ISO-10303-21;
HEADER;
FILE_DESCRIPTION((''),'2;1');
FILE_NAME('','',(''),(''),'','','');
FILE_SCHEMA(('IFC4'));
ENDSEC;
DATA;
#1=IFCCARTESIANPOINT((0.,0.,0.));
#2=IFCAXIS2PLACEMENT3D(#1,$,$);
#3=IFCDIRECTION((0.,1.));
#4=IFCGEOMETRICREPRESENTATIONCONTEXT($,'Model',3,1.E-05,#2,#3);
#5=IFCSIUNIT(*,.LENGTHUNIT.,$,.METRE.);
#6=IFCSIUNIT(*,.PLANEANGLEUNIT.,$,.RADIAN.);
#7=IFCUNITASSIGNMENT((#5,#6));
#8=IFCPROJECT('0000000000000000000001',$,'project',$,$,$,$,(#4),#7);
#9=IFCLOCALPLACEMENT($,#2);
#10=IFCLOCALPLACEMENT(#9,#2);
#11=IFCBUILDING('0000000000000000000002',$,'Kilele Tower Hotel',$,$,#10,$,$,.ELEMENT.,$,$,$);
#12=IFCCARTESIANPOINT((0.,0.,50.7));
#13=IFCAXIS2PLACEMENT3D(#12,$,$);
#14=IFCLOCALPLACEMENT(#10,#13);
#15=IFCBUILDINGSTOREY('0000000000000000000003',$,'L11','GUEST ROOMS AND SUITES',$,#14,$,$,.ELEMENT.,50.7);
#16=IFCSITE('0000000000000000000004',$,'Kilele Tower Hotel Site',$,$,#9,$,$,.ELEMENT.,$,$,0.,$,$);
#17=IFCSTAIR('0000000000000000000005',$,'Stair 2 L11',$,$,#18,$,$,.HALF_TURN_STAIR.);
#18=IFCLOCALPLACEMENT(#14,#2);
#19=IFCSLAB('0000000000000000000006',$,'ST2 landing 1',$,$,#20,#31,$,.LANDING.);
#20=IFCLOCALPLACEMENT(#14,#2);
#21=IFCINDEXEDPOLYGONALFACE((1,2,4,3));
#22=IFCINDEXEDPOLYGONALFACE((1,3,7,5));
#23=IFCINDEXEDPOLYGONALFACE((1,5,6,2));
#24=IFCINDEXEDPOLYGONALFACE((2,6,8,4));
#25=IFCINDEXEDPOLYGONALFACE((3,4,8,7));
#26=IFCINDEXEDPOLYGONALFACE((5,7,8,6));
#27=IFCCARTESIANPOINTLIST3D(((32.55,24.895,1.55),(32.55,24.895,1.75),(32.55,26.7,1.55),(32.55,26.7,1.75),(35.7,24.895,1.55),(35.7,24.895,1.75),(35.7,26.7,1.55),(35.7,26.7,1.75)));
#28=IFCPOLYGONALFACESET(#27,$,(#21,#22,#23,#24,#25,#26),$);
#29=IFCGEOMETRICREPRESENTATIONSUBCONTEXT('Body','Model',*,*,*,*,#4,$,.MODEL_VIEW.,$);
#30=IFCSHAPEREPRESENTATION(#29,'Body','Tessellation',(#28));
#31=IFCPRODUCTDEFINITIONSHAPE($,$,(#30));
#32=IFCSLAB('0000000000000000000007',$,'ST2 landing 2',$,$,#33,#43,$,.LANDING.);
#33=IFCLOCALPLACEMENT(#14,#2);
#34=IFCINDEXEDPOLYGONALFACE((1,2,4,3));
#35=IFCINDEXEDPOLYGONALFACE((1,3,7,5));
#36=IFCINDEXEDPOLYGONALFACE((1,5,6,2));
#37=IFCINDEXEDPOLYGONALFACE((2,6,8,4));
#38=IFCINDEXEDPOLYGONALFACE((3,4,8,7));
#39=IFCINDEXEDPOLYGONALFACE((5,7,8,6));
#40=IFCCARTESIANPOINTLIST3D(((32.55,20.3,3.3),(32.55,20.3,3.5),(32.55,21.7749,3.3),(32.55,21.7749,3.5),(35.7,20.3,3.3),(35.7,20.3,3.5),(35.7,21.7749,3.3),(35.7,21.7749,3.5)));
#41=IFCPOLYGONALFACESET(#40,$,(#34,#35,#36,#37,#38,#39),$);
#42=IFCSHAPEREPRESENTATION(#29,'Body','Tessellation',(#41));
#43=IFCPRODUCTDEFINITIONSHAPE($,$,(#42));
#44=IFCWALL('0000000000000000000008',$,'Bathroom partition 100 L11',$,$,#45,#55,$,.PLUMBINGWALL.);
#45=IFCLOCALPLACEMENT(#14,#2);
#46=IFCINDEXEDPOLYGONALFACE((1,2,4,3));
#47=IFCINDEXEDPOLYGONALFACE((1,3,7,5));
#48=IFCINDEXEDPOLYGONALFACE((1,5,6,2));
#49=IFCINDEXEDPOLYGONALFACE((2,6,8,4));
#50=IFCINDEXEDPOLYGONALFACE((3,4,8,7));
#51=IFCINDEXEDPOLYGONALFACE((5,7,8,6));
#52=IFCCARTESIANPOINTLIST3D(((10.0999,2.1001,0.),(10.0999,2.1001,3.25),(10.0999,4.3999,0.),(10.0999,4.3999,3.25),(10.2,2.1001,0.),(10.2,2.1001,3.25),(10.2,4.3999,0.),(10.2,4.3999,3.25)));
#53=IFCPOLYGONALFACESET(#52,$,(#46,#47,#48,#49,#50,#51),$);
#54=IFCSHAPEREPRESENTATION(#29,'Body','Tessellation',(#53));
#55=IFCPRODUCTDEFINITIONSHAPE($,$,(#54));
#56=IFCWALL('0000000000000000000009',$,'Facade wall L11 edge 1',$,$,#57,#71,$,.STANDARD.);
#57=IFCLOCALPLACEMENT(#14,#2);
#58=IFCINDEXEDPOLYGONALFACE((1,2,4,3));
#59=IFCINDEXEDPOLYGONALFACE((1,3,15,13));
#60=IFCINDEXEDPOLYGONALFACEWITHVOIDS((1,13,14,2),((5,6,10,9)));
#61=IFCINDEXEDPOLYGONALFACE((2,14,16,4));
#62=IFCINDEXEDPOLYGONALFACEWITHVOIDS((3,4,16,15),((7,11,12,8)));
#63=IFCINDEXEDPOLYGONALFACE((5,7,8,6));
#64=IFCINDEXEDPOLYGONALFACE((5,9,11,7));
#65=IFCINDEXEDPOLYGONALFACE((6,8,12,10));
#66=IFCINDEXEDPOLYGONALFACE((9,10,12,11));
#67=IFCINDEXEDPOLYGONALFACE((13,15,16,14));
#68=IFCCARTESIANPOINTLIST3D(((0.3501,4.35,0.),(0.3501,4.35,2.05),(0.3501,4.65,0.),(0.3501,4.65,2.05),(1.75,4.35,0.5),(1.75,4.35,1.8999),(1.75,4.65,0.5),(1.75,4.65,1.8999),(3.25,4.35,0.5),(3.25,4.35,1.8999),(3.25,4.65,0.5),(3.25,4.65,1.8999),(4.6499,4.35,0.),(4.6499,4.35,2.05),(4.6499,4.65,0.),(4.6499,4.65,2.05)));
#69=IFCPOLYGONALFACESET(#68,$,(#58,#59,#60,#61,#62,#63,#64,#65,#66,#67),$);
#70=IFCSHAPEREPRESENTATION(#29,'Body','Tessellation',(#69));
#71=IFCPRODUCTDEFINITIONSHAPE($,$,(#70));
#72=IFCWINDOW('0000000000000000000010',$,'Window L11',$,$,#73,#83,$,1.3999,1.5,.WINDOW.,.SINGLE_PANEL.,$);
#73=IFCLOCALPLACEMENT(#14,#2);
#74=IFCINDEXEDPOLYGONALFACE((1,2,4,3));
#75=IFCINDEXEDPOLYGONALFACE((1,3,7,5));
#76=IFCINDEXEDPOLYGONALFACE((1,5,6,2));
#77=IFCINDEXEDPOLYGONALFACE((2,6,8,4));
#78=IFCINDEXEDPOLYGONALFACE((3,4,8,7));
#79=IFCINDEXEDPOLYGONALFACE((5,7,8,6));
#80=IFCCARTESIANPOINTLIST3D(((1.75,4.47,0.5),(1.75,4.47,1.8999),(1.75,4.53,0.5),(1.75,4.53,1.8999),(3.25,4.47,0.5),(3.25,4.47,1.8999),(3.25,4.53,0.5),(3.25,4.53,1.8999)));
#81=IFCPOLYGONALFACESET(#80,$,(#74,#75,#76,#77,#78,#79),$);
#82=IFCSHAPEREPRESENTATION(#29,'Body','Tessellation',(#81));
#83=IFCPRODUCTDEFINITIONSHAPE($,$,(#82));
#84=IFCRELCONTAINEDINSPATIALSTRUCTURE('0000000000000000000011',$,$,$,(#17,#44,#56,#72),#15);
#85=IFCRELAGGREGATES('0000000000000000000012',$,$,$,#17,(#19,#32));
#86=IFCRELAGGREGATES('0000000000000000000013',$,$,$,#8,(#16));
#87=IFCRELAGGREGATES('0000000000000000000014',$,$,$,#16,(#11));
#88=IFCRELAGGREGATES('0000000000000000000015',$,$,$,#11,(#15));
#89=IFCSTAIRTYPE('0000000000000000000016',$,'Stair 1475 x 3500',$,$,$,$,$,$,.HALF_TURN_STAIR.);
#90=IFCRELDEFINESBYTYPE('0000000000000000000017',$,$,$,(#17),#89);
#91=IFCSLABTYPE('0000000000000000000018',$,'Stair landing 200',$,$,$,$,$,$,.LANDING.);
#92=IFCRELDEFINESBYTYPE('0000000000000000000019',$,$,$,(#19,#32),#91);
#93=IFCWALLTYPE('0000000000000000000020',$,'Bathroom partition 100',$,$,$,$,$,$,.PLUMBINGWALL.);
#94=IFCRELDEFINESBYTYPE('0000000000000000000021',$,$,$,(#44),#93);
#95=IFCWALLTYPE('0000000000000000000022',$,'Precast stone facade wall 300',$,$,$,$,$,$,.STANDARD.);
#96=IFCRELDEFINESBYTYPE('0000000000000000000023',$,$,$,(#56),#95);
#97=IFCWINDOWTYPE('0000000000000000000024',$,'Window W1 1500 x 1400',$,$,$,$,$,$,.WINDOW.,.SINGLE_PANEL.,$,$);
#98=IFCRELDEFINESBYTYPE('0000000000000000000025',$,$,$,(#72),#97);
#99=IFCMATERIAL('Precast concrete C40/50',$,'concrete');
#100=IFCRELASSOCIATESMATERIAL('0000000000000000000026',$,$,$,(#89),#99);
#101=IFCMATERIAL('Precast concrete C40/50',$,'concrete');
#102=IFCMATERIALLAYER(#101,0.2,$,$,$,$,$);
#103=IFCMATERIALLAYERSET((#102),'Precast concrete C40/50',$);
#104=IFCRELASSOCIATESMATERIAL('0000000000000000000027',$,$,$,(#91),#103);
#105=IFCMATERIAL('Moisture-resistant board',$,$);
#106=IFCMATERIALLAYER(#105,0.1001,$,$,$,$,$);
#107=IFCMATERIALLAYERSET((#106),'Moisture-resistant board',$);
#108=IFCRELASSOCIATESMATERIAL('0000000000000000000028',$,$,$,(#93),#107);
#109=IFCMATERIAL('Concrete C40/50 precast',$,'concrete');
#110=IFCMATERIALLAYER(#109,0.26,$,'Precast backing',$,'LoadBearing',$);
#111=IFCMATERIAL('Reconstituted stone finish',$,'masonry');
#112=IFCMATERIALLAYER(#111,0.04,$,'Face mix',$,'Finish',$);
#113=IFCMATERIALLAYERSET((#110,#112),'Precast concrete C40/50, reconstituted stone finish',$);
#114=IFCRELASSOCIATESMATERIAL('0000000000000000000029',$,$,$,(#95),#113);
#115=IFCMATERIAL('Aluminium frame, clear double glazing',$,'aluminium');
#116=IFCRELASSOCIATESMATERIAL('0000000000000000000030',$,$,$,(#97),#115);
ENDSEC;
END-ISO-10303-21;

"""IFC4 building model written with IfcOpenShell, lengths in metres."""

from ifc_helpers import new_model, si_unit, direction, frame, frame_2d, origin, place, context, subcontext, project, spatial, polyline, rectangle, outline, extrude, material, layer, layer_set, type_object, element, fill, aggregate, save


model = new_model("IFC4")

# Units and contexts
model_context = context("Model", 3, precision=1e-05, world=origin(), true_north=direction((0.0, 1.0)))
body_context = subcontext(model_context, "Body", "Model", "MODEL_VIEW")
ifc_project = project(units=[si_unit("LENGTHUNIT", "METRE"), si_unit("PLANEANGLEUNIT", "RADIAN")], contexts=[model_context])

# Site, building, storey
site_placement = place(None, origin())
site = spatial("IfcSite", under=ifc_project, at=site_placement, Name="Kilele Tower Hotel Site", CompositionType="ELEMENT", RefElevation=0.0)
building_placement = place(site_placement, origin())
building = spatial("IfcBuilding", under=site, at=building_placement, Name="Kilele Tower Hotel", CompositionType="ELEMENT")
storey_placement = place(building_placement, frame((0.0, 0.0, 50.7)))
storey = spatial("IfcBuildingStorey", under=building, at=storey_placement, Name="L11", Description="GUEST ROOMS AND SUITES", CompositionType="ELEMENT", Elevation=50.7)

# Stair, slabs
ifc_material_1 = material(Name="Precast concrete C40/50", Category="concrete")
stair_type = type_object("IfcStairType", Name="Stair 1475 x 3500", PredefinedType="HALF_TURN_STAIR", material=ifc_material_1)
ifc_material_2 = material(Name="Precast concrete C40/50", Category="concrete")
ifc_layer_1 = layer(ifc_material_2, 0.2)
ifc_layer_set_1 = layer_set([ifc_layer_1], Name="Precast concrete C40/50")
slab_type_1 = type_object("IfcSlabType", Name="Stair landing 200", PredefinedType="LANDING", material=ifc_layer_set_1)
stair_1_placement = place(storey_placement, origin())
stair_1 = element("IfcStair", 1, at=stair_1_placement, inside=storey, type_object=stair_type, Name="Stair 2 L11", PredefinedType="HALF_TURN_STAIR")
slab_1_placement = place(storey_placement, frame((0.0, 0.0, 1.55)))
slab_1 = element("IfcSlab", 2, at=slab_1_placement, type_object=slab_type_1, Name="ST2 landing 1", PredefinedType="LANDING", context=body_context, shape_type="SweptSolid", body=[
    extrude(outline(polyline([(32.55, 24.895), (35.7, 24.895), (35.7, 26.7), (32.55, 26.7), (32.55, 24.895)])), origin(), (0.0, 0.0, 1.0), 0.2),
])
slab_2_placement = place(storey_placement, frame((0.0, 0.0, 3.3)))
slab_2 = element("IfcSlab", 3, at=slab_2_placement, type_object=slab_type_1, Name="ST2 landing 2", PredefinedType="LANDING", context=body_context, shape_type="SweptSolid", body=[
    extrude(outline(polyline([(32.55, 20.3), (35.7, 20.3), (35.7, 21.7749), (32.55, 21.7749), (32.55, 20.3)])), origin(), (0.0, 0.0, 1.0), 0.2),
])
aggregate(stair_1, [slab_1, slab_2])

# Wall
ifc_material_3 = material(Name="Moisture-resistant board")
ifc_layer_2 = layer(ifc_material_3, 0.1001)
ifc_layer_set_2 = layer_set([ifc_layer_2], Name="Moisture-resistant board")
wall_type_1 = type_object("IfcWallType", Name="Bathroom partition 100", PredefinedType="PLUMBINGWALL", material=ifc_layer_set_2)
wall_1_placement = place(storey_placement, frame((10.1499, 4.3999, 0.0), z_axis=(0.0, 0.0, 1.0), x_axis=(0.0, -1.0, 0.0)))
element("IfcWall", 4, at=wall_1_placement, inside=storey, type_object=wall_type_1, Name="Bathroom partition 100 L11", PredefinedType="PLUMBINGWALL", context=body_context, shape_type="SweptSolid", body=[
    extrude(rectangle(XDim=2.2998, YDim=0.1001, at=frame_2d((1.1499, 0.0))), origin(), (0.0, 0.0, 1.0), 3.25),
])

# Wall, opening, window
ifc_material_4 = material(Name="Concrete C40/50 precast", Category="concrete")
ifc_layer_3 = layer(ifc_material_4, 0.26, Name="Precast backing", Category="LoadBearing")
ifc_material_5 = material(Name="Reconstituted stone finish", Category="masonry")
ifc_layer_4 = layer(ifc_material_5, 0.04, Name="Face mix", Category="Finish")
ifc_layer_set_3 = layer_set([ifc_layer_3, ifc_layer_4], Name="Precast concrete C40/50, reconstituted stone finish")
wall_type_2 = type_object("IfcWallType", Name="Precast stone facade wall 300", PredefinedType="STANDARD", material=ifc_layer_set_3)
wall_2_placement = place(storey_placement, frame((0.3501, 4.5, 0.0), z_axis=(0.0, 0.0, 1.0), x_axis=(1.0, 0.0, 0.0)))
wall_2 = element("IfcWall", 5, at=wall_2_placement, inside=storey, type_object=wall_type_2, Name="Facade wall L11 edge 1", PredefinedType="STANDARD", context=body_context, shape_type="SweptSolid", body=[
    extrude(rectangle(XDim=4.2998, YDim=0.3, at=frame_2d((2.1499, 0.0))), origin(), (0.0, 0.0, 1.0), 2.05),
])
opening_1_placement = place(wall_2_placement, frame((1.3999, 0.0, 0.5)))
opening_1 = element("IfcOpeningElement", 6, at=opening_1_placement, cuts=wall_2, PredefinedType="OPENING", context=body_context, shape_type="SweptSolid", body=[
    extrude(rectangle(XDim=1.5, YDim=1.3999, at=frame_2d((0.75, 0.7))), frame((0.0, 0.1599, 0.0), z_axis=(0.0, -1.0, 0.0), x_axis=(1.0, 0.0, 0.0)), (0.0, 0.0, 1.0), 0.3201),
])
ifc_material_6 = material(Name="Aluminium frame, clear double glazing", Category="aluminium")
window_type = type_object("IfcWindowType", Name="Window W1 1500 x 1400", PartitioningType="SINGLE_PANEL", PredefinedType="WINDOW", material=ifc_material_6)
window_1_placement = place(opening_1_placement, origin())
window_1 = element("IfcWindow", 7, at=window_1_placement, inside=storey, type_object=window_type, Name="Window L11", OverallHeight=1.3999, OverallWidth=1.5, PartitioningType="SINGLE_PANEL", PredefinedType="WINDOW", context=body_context, shape_type="SweptSolid", body=[
    extrude(rectangle(XDim=1.5, YDim=1.3999, at=frame_2d((0.75, 0.7))), frame((0.0, 0.03, 0.0), z_axis=(0.0, -1.0, 0.0), x_axis=(1.0, 0.0, 0.0)), (0.0, 0.0, 1.0), 0.0601),
])
fill(opening_1, window_1)

save(model, "model.ifc")
